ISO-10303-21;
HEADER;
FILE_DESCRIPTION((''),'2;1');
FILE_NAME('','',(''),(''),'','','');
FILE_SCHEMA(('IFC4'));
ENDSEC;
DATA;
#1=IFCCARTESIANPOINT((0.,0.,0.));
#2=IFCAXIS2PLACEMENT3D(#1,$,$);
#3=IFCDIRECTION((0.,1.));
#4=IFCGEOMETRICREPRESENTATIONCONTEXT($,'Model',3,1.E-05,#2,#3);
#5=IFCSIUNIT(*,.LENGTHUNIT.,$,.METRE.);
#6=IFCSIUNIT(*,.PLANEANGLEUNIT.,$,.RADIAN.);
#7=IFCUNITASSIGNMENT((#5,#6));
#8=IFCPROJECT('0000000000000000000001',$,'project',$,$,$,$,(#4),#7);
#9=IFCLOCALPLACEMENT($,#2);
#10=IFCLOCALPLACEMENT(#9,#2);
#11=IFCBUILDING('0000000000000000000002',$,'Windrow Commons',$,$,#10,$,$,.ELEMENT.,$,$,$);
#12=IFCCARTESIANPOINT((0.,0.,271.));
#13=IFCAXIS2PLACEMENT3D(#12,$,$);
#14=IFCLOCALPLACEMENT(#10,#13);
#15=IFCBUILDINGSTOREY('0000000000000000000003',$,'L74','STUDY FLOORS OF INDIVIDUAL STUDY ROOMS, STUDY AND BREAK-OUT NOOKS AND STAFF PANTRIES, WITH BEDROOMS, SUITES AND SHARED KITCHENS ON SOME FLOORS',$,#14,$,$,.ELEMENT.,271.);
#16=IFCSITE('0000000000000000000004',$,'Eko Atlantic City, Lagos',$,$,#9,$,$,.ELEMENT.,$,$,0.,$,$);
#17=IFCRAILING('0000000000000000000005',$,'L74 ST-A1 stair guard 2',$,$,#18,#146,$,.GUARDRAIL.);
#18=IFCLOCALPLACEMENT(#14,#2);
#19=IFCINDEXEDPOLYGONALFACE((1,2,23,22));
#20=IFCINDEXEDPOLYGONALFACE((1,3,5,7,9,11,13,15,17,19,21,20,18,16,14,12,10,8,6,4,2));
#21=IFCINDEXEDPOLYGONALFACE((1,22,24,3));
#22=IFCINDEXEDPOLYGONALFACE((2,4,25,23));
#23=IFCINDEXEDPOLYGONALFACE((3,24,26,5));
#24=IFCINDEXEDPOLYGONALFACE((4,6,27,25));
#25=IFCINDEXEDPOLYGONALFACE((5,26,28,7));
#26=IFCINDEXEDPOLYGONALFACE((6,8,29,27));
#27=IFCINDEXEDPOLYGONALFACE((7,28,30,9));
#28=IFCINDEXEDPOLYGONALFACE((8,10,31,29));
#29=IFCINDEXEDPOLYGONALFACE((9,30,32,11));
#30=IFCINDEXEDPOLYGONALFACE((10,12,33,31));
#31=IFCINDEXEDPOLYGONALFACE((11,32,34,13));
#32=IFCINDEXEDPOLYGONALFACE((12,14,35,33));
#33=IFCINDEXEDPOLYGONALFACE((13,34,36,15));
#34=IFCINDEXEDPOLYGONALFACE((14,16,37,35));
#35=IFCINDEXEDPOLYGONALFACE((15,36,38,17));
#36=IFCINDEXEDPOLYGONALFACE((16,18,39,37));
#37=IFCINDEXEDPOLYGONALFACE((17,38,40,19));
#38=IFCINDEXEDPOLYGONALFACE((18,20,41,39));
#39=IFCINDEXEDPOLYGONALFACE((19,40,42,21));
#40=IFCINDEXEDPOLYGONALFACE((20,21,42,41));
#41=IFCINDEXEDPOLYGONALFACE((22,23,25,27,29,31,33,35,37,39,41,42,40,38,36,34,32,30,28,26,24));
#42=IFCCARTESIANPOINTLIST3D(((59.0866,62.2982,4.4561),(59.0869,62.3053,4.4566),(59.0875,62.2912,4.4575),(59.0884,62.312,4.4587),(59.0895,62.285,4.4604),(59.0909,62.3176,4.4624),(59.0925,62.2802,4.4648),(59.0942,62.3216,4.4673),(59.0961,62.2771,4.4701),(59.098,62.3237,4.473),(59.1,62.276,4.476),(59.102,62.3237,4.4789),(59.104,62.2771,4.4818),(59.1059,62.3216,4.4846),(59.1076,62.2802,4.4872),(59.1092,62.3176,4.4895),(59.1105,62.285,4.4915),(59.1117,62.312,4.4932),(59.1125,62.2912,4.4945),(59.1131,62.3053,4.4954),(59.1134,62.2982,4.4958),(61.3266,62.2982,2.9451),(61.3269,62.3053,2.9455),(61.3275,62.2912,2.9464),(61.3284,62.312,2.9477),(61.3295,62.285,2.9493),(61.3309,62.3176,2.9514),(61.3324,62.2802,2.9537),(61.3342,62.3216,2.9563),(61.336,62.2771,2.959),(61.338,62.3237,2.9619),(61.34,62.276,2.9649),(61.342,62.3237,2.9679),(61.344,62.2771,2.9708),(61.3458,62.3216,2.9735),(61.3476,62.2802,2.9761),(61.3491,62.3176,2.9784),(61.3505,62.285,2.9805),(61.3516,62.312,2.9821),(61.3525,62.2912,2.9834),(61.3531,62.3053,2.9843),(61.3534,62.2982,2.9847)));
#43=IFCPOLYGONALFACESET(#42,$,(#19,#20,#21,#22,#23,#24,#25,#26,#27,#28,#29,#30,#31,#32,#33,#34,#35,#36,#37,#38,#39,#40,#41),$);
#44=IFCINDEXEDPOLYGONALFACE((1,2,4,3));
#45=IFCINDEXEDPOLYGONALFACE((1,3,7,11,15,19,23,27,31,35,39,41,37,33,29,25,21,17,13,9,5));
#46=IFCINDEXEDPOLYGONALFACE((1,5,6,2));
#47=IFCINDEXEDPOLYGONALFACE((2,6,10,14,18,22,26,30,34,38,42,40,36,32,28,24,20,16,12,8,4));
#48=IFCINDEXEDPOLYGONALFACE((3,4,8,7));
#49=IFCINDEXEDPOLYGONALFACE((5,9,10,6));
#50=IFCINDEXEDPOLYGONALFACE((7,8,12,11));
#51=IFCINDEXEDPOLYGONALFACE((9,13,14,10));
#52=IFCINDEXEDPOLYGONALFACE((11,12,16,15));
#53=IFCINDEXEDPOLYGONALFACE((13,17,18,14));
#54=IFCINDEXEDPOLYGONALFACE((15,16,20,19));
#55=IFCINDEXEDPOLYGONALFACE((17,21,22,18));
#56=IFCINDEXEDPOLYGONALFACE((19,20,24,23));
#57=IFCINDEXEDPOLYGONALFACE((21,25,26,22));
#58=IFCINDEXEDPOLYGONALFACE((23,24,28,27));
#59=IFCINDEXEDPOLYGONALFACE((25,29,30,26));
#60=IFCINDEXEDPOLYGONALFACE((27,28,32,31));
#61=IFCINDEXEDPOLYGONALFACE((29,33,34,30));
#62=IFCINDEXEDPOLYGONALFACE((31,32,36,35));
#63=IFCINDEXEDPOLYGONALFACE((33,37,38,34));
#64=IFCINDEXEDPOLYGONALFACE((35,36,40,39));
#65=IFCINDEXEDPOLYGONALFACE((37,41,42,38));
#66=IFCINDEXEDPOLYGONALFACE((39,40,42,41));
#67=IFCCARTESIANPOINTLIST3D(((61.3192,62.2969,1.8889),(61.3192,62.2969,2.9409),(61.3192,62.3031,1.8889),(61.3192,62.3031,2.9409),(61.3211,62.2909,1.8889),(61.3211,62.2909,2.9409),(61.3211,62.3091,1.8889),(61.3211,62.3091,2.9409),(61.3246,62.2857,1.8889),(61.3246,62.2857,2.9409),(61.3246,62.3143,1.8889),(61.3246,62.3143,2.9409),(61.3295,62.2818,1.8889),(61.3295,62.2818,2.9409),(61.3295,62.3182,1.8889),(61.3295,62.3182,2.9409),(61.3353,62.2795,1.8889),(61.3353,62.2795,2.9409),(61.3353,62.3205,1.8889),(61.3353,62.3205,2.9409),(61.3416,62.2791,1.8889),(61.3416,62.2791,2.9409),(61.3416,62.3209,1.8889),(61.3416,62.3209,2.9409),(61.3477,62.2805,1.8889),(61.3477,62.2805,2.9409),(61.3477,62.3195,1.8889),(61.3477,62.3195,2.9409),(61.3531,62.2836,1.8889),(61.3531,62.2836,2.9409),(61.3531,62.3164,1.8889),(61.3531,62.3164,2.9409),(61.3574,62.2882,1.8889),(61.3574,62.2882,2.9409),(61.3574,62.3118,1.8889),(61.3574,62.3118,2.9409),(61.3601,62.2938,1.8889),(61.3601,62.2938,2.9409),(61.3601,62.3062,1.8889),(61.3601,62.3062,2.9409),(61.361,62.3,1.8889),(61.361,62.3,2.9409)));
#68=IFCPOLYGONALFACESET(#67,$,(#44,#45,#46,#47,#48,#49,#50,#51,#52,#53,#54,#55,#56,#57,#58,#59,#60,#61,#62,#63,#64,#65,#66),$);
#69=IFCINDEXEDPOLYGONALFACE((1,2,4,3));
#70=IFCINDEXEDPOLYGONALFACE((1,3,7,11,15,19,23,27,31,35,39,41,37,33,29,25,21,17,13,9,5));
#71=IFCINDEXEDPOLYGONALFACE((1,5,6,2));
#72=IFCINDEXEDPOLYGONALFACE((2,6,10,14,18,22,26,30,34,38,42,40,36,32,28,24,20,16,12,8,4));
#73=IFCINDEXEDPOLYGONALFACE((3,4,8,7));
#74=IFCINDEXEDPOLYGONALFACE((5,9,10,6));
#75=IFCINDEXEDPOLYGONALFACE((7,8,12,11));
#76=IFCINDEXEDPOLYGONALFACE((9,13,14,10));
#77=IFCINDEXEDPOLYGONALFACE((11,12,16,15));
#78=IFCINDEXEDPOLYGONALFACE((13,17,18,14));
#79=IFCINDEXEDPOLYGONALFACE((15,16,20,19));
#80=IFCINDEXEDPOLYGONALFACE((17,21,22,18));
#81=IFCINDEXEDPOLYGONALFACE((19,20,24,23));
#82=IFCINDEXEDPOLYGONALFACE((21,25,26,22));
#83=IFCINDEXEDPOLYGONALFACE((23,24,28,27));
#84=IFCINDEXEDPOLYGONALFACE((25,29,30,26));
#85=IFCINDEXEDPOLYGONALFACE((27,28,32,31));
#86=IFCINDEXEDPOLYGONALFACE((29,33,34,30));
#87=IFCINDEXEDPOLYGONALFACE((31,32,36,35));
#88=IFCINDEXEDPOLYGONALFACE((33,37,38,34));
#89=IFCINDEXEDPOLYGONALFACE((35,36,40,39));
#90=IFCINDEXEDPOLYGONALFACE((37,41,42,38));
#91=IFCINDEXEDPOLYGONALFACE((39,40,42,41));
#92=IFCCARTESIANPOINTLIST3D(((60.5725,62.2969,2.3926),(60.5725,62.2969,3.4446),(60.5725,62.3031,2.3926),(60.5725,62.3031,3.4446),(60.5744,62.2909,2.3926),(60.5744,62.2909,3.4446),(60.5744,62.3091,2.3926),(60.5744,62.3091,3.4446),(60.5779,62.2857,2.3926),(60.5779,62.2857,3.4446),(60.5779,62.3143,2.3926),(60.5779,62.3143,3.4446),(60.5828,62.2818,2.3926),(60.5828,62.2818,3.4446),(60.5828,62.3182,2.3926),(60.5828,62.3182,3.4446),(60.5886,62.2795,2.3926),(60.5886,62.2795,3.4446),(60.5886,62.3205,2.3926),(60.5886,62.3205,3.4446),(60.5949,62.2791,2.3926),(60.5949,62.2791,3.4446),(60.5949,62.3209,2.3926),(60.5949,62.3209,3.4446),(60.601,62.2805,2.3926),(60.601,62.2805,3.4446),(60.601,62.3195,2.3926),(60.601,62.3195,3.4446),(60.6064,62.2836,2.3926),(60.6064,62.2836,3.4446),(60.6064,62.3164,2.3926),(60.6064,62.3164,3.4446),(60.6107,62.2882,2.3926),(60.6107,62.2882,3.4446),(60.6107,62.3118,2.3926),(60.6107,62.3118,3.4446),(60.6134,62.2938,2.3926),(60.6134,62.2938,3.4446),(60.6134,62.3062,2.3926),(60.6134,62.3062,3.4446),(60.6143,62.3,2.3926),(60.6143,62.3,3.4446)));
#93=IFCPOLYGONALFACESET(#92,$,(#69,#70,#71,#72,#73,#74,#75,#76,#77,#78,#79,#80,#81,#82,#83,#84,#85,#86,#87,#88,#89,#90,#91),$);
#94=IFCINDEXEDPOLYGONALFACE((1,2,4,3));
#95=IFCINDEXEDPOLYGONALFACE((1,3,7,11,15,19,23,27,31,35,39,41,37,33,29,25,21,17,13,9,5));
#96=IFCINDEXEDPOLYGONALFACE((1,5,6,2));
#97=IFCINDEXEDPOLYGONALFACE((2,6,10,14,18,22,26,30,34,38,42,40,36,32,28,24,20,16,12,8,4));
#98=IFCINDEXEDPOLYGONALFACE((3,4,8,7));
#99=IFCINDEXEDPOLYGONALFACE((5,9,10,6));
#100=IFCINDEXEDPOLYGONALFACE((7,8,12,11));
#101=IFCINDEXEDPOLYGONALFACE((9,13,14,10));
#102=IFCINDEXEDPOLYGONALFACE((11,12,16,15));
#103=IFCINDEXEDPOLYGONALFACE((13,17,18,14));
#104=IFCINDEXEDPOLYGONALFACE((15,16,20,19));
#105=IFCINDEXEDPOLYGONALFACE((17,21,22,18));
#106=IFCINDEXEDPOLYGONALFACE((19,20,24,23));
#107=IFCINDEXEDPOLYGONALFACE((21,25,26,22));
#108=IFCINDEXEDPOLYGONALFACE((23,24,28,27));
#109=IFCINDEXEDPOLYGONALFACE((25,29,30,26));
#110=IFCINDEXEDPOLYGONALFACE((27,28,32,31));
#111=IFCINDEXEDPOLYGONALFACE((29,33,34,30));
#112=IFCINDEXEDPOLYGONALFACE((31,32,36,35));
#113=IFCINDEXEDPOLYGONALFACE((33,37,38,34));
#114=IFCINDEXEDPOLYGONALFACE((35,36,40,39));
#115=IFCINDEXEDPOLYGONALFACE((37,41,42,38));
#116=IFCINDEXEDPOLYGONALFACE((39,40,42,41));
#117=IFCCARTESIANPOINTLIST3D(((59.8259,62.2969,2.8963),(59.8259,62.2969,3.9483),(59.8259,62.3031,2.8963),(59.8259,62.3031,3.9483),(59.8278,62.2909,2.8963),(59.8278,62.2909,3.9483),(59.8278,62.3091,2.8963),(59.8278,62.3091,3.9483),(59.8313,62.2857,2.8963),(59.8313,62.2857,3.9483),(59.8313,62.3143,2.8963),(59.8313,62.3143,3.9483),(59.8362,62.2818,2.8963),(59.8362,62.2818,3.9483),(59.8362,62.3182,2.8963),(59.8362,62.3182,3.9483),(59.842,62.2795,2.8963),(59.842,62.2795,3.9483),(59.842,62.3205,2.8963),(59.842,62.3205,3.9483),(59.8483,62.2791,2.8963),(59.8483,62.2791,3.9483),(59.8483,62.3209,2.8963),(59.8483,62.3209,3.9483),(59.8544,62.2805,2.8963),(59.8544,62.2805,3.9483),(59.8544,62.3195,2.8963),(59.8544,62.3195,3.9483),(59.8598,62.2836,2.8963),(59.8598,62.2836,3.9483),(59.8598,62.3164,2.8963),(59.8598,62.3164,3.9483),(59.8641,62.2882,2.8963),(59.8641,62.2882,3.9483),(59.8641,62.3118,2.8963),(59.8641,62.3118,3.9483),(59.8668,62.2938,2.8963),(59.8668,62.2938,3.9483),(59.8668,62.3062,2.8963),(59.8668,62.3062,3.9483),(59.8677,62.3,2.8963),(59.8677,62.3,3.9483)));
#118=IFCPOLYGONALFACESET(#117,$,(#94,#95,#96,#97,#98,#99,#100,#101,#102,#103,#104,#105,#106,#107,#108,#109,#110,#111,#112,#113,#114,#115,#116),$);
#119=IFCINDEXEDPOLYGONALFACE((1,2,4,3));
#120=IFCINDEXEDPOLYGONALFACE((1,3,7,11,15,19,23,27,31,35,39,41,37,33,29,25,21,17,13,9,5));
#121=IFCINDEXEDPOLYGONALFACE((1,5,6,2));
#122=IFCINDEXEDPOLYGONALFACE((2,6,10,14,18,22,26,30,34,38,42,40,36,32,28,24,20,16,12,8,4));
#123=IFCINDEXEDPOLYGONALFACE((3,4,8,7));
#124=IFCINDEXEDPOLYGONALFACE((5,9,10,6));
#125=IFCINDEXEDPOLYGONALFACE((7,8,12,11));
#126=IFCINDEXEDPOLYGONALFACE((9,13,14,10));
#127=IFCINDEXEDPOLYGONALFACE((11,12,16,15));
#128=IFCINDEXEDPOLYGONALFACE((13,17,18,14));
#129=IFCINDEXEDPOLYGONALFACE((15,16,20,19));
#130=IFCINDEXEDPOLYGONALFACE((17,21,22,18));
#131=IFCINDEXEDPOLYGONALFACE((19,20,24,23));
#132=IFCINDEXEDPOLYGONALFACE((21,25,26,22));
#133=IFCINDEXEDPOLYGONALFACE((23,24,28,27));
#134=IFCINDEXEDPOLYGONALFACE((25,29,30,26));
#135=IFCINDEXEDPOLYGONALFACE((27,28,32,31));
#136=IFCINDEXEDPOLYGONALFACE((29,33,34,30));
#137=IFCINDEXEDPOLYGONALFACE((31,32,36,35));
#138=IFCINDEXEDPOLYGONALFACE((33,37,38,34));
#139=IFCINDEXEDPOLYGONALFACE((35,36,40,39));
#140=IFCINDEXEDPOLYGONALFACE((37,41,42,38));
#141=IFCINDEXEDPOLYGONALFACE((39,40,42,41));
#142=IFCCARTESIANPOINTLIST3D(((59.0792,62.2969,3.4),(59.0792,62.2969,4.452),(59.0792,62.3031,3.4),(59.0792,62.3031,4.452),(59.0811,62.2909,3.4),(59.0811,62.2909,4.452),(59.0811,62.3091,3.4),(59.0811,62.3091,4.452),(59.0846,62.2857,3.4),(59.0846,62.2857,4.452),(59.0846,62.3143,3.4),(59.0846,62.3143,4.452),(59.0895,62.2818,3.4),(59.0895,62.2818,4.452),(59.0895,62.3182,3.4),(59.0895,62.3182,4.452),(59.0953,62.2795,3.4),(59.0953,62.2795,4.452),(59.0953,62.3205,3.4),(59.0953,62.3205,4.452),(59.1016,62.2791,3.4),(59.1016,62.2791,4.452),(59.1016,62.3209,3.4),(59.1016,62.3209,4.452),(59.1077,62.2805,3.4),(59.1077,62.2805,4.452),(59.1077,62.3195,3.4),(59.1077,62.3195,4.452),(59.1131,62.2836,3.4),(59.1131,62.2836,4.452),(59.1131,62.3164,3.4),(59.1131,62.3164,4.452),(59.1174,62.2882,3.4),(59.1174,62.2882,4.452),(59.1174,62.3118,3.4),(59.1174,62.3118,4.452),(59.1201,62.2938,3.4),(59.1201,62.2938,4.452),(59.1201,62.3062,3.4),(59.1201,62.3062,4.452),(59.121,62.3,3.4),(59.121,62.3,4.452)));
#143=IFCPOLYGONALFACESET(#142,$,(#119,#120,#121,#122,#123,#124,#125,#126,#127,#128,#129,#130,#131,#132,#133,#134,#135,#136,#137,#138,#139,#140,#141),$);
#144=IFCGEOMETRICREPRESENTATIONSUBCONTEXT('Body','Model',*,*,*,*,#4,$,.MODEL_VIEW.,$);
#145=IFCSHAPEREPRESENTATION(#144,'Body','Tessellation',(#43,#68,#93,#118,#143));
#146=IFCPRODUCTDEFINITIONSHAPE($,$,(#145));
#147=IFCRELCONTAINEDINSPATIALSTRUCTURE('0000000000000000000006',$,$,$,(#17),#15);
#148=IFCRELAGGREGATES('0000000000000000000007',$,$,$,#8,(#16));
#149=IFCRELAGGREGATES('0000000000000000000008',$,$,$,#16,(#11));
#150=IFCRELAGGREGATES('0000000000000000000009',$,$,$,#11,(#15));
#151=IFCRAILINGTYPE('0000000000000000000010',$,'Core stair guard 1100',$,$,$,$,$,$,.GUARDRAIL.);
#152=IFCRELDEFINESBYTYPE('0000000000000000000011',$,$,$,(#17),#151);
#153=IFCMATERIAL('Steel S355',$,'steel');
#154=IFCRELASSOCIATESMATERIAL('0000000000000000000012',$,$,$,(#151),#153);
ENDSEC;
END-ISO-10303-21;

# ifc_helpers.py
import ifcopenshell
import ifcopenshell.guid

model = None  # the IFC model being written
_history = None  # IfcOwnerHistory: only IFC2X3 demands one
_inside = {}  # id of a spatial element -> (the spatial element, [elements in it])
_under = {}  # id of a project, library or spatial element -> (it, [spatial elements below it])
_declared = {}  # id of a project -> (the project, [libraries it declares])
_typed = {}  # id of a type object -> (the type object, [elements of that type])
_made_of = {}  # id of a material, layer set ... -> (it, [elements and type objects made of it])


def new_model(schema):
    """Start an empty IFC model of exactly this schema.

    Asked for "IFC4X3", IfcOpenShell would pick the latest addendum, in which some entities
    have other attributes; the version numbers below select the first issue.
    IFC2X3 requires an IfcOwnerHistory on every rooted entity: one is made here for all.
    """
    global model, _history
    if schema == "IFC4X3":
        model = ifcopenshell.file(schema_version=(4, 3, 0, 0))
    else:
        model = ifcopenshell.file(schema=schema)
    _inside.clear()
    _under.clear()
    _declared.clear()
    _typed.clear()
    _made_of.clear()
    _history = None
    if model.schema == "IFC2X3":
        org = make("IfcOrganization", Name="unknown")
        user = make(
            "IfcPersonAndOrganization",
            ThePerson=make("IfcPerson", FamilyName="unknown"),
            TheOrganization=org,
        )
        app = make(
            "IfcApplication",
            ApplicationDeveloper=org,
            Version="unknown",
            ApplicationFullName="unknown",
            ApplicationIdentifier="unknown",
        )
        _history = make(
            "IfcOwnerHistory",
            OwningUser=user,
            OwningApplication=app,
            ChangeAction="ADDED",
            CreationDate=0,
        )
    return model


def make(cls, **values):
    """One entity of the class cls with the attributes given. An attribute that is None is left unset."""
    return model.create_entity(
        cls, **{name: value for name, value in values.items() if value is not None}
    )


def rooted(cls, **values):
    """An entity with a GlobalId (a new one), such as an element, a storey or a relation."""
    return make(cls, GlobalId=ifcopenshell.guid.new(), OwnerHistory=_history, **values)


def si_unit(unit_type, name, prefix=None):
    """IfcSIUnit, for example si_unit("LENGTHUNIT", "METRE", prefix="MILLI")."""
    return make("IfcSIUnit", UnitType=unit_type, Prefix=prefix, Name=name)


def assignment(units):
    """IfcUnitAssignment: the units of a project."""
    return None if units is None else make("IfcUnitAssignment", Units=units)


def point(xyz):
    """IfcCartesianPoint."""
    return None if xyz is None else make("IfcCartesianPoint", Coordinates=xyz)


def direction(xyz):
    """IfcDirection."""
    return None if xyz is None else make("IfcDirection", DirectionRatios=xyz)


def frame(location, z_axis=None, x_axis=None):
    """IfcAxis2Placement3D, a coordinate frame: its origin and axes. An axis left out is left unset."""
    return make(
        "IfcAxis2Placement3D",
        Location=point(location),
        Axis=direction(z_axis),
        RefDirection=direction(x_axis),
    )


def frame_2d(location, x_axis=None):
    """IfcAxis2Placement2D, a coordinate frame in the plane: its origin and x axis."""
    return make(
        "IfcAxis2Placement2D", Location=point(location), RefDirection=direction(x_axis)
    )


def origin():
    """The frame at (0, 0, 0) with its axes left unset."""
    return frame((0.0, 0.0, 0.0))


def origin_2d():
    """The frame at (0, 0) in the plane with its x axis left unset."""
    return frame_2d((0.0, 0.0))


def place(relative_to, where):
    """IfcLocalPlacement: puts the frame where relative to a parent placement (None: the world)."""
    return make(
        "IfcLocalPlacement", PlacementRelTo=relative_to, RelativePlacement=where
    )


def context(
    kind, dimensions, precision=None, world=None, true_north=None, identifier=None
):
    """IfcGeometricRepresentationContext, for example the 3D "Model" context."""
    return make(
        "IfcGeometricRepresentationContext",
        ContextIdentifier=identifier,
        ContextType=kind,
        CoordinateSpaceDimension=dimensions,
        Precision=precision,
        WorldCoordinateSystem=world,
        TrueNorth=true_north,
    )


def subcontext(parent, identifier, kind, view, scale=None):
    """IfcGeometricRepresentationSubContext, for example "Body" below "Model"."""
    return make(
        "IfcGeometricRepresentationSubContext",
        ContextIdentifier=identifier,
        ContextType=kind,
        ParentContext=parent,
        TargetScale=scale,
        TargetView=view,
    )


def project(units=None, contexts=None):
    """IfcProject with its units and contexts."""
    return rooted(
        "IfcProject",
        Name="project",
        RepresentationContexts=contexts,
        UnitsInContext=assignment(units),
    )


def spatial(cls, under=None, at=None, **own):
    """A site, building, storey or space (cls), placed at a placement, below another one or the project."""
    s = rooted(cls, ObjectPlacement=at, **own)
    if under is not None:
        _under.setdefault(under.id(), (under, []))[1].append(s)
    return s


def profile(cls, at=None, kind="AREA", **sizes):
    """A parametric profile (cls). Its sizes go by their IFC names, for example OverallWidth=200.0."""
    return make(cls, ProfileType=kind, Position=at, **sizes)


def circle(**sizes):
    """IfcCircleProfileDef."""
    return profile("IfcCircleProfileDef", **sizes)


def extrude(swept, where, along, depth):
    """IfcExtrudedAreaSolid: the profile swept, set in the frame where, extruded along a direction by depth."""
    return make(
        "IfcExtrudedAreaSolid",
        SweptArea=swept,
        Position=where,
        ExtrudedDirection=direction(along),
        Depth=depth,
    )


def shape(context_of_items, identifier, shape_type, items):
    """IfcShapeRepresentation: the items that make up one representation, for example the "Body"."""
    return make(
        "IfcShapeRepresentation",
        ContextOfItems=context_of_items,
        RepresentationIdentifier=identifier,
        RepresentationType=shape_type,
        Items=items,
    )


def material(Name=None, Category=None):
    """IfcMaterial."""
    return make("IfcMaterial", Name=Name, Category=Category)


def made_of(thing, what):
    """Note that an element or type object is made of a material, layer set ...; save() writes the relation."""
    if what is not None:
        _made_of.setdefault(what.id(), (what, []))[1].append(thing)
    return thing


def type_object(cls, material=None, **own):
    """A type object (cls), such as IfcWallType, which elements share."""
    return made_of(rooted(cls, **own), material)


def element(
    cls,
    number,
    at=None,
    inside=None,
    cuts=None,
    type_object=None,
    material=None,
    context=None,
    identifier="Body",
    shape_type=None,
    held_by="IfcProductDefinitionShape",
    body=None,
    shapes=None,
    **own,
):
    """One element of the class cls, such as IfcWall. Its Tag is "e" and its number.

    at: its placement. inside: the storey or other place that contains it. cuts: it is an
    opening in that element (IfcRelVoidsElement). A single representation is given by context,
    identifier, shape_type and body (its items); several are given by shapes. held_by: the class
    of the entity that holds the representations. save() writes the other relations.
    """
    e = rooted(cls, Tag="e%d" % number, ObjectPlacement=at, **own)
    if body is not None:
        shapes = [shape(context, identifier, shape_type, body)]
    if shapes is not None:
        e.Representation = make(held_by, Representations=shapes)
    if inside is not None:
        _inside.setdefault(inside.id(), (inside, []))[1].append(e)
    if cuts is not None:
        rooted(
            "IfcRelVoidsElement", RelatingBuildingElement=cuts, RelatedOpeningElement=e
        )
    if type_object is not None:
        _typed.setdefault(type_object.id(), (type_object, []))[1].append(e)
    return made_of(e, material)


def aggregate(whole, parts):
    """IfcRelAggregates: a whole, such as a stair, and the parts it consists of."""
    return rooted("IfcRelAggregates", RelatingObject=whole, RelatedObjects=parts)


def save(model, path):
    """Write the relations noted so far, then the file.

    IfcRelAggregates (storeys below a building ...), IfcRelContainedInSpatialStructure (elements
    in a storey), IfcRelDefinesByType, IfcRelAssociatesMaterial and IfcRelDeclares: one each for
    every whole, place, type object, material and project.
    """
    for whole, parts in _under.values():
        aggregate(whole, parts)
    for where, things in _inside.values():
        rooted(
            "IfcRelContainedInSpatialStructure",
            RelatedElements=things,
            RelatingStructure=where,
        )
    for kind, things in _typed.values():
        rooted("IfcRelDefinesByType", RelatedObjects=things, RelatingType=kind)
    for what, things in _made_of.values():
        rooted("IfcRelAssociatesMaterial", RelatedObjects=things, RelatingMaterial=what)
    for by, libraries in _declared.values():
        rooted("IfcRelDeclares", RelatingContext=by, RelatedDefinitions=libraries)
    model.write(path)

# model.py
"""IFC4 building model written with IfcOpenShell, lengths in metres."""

from ifc_helpers import new_model, si_unit, direction, frame, origin, origin_2d, place, context, subcontext, project, spatial, circle, extrude, material, type_object, element, save


model = new_model("IFC4")

# Units and contexts
model_context = context("Model", 3, precision=1e-05, world=origin(), true_north=direction((0.0, 1.0)))
body_context = subcontext(model_context, "Body", "Model", "MODEL_VIEW")
ifc_project = project(units=[si_unit("LENGTHUNIT", "METRE"), si_unit("PLANEANGLEUNIT", "RADIAN")], contexts=[model_context])

# Site, building, storey
site_placement = place(None, origin())
site = spatial("IfcSite", under=ifc_project, at=site_placement, Name="Eko Atlantic City, Lagos", CompositionType="ELEMENT", RefElevation=0.0)
building_placement = place(site_placement, origin())
building = spatial("IfcBuilding", under=site, at=building_placement, Name="Windrow Commons", CompositionType="ELEMENT")
storey_placement = place(building_placement, frame((0.0, 0.0, 271.0)))
storey = spatial("IfcBuildingStorey", under=building, at=storey_placement, Name="L74", Description="STUDY FLOORS OF INDIVIDUAL STUDY ROOMS, STUDY AND BREAK-OUT NOOKS AND STAFF PANTRIES, WITH BEDROOMS, SUITES AND SHARED KITCHENS ON SOME FLOORS", CompositionType="ELEMENT", Elevation=271.0)

# Railing
ifc_material_1 = material(Name="Steel S355", Category="steel")
railing_type_1 = type_object("IfcRailingType", Name="Core stair guard 1100", PredefinedType="GUARDRAIL", material=ifc_material_1)
railing_1_placement = place(storey_placement, frame((61.34, 62.3, 1.8889)))
element("IfcRailing", 1, at=railing_1_placement, inside=storey, type_object=railing_type_1, Name="L74 ST-A1 stair guard 2", PredefinedType="GUARDRAIL", context=body_context, shape_type="SweptSolid", body=[
    extrude(circle(Radius=0.024, at=origin_2d()), frame((0.0, 0.0, 1.076), z_axis=(-0.829003, 0.0, 0.559244), x_axis=(0.0, -1.0, 0.0)), (0.0, 0.0, 1.0), 2.702),
    extrude(circle(Radius=0.021, at=origin_2d()), origin(), (0.0, 0.0, 1.0), 1.052),
    extrude(circle(Radius=0.021, at=origin_2d()), frame((-0.7467, 0.0, 0.5037)), (0.0, 0.0, 1.0), 1.052),
    extrude(circle(Radius=0.021, at=origin_2d()), frame((-1.4933, 0.0, 1.0074)), (0.0, 0.0, 1.0), 1.052),
    extrude(circle(Radius=0.021, at=origin_2d()), frame((-2.24, 0.0, 1.5111)), (0.0, 0.0, 1.0), 1.052),
])

save(model, "model.ifc")
